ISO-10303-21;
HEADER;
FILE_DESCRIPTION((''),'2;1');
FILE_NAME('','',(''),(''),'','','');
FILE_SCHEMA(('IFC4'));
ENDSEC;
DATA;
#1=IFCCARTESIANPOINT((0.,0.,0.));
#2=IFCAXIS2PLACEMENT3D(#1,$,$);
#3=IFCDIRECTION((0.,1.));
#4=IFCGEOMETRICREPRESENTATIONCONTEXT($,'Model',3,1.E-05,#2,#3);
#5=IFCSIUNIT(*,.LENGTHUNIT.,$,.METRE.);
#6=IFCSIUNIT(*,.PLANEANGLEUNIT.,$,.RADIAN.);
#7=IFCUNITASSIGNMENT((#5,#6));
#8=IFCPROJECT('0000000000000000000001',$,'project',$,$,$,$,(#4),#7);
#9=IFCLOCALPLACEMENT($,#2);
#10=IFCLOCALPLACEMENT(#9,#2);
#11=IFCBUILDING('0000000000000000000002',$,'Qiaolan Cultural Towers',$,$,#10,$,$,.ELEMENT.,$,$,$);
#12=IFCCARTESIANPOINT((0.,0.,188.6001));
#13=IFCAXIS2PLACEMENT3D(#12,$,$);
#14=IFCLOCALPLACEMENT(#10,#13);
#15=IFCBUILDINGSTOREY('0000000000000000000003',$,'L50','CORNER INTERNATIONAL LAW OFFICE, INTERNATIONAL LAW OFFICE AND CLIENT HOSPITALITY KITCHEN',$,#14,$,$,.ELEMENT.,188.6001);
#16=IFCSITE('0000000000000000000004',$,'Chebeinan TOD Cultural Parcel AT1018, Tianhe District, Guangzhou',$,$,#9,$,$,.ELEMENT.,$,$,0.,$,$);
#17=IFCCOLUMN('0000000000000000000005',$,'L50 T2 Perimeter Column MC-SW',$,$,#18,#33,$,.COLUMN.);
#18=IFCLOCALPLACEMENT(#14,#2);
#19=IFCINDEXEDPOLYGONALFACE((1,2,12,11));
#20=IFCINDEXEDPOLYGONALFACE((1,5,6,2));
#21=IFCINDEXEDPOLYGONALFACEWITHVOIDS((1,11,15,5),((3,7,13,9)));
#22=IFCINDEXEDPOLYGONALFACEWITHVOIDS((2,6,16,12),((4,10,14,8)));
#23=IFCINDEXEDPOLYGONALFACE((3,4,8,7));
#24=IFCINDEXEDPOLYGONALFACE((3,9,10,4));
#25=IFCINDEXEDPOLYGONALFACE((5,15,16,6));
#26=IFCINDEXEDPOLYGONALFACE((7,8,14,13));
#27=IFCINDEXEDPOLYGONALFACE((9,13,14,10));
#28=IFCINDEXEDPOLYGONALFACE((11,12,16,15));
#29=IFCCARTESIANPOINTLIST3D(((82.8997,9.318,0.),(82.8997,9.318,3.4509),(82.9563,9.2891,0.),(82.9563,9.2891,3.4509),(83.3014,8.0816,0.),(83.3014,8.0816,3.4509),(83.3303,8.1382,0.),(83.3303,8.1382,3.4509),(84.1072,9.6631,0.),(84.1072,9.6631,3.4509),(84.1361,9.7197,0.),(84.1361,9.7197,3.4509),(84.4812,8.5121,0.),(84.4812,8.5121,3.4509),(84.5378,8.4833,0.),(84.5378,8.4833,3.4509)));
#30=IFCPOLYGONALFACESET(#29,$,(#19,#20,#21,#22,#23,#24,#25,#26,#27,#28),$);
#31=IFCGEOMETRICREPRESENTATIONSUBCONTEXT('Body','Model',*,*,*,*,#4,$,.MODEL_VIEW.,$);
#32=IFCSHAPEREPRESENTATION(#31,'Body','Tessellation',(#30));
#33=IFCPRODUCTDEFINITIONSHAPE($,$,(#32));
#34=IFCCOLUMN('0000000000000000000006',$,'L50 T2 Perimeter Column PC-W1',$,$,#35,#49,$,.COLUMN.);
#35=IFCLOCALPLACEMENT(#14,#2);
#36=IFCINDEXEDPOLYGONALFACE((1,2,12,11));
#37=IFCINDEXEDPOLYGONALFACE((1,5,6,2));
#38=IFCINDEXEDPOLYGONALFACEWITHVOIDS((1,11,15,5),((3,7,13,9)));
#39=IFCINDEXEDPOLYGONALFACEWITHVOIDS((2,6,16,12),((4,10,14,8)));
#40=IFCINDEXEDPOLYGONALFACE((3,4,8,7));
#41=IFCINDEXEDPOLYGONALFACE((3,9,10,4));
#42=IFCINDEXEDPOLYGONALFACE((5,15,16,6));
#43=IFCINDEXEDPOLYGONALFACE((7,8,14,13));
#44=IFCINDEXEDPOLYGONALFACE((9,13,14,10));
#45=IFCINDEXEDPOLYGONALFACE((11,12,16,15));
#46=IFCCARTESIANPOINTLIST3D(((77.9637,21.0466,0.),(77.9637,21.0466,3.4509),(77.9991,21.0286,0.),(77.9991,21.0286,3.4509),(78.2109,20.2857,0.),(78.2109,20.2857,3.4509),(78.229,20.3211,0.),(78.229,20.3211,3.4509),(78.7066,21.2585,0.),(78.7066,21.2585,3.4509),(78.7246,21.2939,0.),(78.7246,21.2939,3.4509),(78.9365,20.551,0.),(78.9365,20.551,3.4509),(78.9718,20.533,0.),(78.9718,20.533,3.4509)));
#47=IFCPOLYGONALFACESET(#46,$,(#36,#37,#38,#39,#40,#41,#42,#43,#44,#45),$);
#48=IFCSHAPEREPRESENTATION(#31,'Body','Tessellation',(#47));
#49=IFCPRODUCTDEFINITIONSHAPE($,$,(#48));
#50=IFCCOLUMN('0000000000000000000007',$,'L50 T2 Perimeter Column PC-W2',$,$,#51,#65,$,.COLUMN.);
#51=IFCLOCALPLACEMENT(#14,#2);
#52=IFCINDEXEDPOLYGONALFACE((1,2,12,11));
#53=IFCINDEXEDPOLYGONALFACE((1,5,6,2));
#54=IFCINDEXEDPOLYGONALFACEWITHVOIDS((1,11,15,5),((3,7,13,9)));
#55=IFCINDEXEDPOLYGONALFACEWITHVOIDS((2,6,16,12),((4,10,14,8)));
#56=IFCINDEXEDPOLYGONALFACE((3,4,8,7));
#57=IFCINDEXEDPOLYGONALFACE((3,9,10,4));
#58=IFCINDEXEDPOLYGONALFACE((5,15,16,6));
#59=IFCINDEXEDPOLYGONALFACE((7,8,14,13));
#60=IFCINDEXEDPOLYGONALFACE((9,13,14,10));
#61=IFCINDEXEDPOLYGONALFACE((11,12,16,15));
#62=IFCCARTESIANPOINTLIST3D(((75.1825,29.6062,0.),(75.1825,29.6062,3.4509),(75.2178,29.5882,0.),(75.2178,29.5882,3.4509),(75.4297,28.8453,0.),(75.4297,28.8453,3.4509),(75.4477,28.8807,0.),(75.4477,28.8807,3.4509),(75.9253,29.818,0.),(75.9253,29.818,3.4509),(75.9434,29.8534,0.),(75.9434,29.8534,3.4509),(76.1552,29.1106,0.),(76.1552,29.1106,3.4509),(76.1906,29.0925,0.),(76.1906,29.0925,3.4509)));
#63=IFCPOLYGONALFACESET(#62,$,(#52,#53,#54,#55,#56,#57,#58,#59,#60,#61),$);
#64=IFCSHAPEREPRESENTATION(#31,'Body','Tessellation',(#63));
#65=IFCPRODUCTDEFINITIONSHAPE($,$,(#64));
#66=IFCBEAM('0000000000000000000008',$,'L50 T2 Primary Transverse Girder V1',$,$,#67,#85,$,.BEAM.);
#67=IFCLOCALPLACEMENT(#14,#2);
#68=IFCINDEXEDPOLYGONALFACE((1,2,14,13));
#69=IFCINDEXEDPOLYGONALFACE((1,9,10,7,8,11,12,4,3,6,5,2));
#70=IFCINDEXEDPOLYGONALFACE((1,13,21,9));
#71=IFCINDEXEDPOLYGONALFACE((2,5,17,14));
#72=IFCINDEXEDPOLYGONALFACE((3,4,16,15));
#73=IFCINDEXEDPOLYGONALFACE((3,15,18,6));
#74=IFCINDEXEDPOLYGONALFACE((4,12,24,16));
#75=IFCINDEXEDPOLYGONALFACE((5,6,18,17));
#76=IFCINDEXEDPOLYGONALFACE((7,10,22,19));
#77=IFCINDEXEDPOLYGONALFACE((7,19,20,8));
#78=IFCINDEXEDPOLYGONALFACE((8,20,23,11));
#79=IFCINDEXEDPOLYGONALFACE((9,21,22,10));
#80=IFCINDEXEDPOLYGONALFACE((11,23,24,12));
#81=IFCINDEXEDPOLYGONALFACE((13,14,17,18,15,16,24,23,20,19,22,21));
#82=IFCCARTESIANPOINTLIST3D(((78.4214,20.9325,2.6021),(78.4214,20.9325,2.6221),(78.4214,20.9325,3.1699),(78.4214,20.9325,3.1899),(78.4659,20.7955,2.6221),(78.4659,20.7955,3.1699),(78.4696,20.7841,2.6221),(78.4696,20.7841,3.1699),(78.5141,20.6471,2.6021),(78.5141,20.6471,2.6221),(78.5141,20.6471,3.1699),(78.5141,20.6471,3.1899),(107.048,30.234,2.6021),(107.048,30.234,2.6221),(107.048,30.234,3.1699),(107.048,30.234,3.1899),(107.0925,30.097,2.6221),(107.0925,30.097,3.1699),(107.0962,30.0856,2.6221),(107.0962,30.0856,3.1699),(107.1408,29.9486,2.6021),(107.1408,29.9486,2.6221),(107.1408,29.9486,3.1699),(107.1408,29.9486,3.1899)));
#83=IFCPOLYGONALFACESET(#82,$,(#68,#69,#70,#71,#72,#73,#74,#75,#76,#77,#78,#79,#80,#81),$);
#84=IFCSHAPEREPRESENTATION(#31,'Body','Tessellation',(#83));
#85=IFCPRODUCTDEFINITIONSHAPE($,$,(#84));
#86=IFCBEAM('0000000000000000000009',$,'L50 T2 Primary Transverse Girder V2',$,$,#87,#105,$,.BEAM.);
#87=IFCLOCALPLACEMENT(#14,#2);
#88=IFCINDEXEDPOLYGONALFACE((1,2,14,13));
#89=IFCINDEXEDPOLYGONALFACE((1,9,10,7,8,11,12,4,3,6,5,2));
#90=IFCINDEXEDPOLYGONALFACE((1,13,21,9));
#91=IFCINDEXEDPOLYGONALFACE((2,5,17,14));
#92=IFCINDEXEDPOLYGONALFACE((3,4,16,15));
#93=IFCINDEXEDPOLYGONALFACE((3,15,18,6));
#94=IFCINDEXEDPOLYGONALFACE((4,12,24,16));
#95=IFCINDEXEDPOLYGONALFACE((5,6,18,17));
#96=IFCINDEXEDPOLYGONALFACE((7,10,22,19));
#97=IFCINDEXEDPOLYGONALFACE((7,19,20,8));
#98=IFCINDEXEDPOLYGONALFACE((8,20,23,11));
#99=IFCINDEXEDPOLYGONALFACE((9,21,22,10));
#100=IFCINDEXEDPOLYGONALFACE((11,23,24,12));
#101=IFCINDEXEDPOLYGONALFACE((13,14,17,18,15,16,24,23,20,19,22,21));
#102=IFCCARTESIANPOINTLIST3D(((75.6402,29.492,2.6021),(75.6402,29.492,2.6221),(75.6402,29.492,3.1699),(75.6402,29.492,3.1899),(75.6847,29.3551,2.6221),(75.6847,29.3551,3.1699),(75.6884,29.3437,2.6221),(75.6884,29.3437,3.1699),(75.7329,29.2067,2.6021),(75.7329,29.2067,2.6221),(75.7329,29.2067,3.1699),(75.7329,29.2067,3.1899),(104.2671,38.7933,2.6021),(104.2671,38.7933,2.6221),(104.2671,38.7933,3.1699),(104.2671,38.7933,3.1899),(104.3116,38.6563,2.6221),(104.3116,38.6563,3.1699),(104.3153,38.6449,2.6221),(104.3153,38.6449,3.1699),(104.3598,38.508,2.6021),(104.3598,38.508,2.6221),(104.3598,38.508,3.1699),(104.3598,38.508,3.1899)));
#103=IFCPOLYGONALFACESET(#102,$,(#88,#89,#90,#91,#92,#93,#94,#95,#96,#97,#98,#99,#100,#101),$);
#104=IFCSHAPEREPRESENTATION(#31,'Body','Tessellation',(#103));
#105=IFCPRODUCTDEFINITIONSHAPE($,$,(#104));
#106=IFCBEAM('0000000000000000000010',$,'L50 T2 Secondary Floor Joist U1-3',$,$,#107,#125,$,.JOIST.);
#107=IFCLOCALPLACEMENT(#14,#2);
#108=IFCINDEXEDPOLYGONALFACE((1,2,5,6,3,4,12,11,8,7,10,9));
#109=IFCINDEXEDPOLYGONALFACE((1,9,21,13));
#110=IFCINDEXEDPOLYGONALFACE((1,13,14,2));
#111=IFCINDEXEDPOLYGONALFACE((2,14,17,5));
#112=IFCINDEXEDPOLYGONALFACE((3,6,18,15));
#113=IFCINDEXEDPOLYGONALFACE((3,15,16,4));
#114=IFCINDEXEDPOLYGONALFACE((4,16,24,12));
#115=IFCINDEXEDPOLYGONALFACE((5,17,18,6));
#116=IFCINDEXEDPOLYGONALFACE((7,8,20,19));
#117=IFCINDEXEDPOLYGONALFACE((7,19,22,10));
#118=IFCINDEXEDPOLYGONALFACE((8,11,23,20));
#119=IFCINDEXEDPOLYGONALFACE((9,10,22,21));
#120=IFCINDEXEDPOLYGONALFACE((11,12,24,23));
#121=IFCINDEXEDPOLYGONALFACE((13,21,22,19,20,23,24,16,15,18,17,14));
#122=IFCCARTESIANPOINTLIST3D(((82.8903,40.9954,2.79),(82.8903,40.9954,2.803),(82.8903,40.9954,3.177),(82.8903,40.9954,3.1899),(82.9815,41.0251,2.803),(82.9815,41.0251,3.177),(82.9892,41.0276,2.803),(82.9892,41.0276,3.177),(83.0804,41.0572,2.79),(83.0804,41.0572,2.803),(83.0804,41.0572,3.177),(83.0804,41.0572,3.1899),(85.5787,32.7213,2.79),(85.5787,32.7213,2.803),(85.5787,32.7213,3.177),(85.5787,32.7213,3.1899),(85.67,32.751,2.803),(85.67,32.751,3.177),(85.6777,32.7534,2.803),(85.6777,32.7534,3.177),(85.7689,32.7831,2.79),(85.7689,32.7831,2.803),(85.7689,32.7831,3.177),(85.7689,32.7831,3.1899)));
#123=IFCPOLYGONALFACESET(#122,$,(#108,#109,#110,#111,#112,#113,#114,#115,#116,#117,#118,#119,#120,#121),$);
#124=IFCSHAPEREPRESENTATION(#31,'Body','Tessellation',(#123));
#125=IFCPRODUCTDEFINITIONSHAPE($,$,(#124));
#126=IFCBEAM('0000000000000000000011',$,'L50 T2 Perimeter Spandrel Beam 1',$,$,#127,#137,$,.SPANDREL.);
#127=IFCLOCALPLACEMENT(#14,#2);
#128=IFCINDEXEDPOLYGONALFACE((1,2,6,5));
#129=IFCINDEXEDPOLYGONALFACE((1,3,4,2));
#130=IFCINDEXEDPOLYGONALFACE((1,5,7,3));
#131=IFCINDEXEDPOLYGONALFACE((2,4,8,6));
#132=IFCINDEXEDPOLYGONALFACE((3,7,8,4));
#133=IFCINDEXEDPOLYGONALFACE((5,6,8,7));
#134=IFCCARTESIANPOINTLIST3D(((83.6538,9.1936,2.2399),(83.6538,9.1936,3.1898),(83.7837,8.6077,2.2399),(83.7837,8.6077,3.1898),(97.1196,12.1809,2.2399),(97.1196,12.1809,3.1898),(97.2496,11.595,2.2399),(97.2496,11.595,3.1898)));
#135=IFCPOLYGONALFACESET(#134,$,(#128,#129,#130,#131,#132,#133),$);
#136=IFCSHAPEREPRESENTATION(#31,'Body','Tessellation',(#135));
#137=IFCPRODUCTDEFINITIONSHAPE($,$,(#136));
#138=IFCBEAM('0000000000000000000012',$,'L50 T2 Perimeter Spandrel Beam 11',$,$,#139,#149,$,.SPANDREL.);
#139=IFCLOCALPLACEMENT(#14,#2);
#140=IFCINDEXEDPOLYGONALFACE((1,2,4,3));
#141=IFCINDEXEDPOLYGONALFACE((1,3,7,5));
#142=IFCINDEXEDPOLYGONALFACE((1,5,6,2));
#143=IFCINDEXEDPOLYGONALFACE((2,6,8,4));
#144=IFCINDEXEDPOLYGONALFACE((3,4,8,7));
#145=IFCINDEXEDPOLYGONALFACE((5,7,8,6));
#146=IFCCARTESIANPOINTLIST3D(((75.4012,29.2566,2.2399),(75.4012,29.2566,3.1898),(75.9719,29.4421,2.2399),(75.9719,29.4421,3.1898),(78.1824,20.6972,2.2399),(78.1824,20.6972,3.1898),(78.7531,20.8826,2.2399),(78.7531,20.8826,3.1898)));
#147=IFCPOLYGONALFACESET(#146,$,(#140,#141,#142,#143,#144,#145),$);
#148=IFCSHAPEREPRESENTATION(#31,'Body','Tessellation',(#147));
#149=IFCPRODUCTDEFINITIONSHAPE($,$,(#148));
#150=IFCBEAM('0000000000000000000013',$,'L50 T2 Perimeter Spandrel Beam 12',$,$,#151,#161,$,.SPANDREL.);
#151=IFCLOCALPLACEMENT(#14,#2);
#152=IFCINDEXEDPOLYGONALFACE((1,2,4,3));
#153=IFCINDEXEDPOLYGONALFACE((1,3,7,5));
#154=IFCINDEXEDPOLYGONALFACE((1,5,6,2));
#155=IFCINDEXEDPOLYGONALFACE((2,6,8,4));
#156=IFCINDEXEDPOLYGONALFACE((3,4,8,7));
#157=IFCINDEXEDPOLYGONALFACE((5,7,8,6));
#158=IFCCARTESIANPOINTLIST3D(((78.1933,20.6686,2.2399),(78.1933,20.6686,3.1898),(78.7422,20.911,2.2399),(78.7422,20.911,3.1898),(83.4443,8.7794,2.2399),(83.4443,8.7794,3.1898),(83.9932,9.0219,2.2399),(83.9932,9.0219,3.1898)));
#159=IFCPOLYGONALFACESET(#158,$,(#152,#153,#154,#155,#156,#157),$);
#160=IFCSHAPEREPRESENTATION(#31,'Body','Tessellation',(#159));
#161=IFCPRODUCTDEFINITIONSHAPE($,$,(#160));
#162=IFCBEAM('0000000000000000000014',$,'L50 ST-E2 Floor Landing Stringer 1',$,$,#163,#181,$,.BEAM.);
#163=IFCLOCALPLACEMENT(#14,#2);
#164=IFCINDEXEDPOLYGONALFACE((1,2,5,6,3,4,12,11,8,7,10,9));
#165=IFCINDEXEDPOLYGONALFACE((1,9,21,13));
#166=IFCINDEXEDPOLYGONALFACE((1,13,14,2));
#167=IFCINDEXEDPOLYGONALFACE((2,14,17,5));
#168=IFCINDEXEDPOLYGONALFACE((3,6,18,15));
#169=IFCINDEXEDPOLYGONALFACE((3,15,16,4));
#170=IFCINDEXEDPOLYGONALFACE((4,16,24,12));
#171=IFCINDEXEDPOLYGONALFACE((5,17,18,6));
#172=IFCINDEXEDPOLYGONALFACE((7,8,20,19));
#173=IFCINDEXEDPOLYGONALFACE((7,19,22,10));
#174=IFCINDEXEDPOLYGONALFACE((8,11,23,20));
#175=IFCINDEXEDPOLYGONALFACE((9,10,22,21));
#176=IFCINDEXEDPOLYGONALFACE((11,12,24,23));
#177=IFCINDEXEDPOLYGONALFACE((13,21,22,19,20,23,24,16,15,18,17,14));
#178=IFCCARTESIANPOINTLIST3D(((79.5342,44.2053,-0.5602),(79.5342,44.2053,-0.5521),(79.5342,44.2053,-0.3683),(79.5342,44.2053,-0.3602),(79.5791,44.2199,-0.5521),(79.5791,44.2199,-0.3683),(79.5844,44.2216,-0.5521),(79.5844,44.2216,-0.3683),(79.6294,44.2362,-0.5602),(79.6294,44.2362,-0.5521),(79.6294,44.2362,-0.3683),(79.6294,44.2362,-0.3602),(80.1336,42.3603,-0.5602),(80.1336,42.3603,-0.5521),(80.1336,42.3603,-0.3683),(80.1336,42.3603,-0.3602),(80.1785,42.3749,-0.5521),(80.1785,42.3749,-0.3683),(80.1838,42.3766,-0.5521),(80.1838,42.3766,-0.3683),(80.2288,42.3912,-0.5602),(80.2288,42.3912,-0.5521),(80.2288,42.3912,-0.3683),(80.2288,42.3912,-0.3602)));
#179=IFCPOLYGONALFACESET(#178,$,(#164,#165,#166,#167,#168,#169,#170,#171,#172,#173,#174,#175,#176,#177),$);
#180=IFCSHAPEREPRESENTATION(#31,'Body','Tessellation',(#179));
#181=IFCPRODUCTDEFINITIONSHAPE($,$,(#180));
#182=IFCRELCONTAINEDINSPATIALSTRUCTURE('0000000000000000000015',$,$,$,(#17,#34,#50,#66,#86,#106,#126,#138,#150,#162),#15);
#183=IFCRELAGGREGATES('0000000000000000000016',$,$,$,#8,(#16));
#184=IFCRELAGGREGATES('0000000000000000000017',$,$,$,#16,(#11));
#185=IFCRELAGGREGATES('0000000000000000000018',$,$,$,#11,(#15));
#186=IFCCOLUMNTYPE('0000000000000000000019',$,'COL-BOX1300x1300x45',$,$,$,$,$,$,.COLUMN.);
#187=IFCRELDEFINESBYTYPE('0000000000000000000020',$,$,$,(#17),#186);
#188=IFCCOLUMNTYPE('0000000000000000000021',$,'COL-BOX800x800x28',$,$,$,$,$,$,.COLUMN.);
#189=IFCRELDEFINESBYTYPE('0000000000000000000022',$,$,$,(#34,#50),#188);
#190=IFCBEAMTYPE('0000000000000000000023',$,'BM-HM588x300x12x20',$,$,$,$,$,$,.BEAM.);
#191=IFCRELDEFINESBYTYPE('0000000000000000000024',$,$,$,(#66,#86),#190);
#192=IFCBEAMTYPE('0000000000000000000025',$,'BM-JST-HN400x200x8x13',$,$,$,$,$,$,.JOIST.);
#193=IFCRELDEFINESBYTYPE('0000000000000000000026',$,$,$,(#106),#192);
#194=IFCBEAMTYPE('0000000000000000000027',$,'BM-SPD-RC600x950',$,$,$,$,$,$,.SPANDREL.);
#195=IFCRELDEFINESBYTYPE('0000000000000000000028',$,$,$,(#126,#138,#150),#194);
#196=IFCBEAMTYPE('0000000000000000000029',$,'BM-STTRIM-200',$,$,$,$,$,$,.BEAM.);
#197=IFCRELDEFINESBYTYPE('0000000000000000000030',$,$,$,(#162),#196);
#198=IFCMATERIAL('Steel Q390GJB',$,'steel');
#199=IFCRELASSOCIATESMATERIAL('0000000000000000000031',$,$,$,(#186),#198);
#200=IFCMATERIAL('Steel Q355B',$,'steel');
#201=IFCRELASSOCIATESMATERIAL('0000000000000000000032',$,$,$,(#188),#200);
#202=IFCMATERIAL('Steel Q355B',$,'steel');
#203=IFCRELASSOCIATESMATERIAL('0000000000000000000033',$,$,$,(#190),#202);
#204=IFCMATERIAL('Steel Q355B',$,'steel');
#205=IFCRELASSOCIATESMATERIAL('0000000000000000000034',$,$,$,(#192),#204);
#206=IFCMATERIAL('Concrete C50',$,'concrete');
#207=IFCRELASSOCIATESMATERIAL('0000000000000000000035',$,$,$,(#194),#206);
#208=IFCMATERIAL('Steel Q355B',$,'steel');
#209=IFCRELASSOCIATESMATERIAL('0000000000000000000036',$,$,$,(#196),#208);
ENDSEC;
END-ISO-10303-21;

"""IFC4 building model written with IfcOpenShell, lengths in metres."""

from ifc_helpers import new_model, si_unit, direction, frame, origin, origin_2d, place, context, subcontext, project, spatial, rectangle, hollow_rectangle, i_section, extrude, material, material_profile, profile_set, type_object, element, save


model = new_model("IFC4")

# Units and contexts
model_context = context("Model", 3, precision=1e-05, world=origin(), true_north=direction((0.0, 1.0)))
body_context = subcontext(model_context, "Body", "Model", "MODEL_VIEW")
ifc_project = project(units=[si_unit("LENGTHUNIT", "METRE"), si_unit("PLANEANGLEUNIT", "RADIAN")], contexts=[model_context])

# Site, building, storey
site_placement = place(None, origin())
site = spatial("IfcSite", under=ifc_project, at=site_placement, Name="Chebeinan TOD Cultural Parcel AT1018, Tianhe District, Guangzhou", CompositionType="ELEMENT", RefElevation=0.0)
building_placement = place(site_placement, origin())
building = spatial("IfcBuilding", under=site, at=building_placement, Name="Qiaolan Cultural Towers", CompositionType="ELEMENT")
storey_placement = place(building_placement, frame((0.0, 0.0, 188.6001)))
storey = spatial("IfcBuildingStorey", under=building, at=storey_placement, Name="L50", Description="CORNER INTERNATIONAL LAW OFFICE, INTERNATIONAL LAW OFFICE AND CLIENT HOSPITALITY KITCHEN", CompositionType="ELEMENT", Elevation=188.6001)

# Columns
ifc_material_1 = material(Name="Steel Q390GJB", Category="steel")
ifc_material_profile_1 = material_profile(ifc_material_1, hollow_rectangle(XDim=1.3, YDim=1.3, WallThickness=0.0449, at=origin_2d()), Name="BOX1300x1300x45")
ifc_profile_set_1 = profile_set([ifc_material_profile_1], Name="Steel Q390GJB")
column_type_1 = type_object("IfcColumnType", Name="COL-BOX1300x1300x45", PredefinedType="COLUMN", material=ifc_profile_set_1)
column_placement = place(storey_placement, frame((83.7188, 8.9006, 0.0), z_axis=(0.0, 0.0, 1.0), x_axis=(0.951057, 0.309017, 0.0)))
element("IfcColumn", 1, at=column_placement, inside=storey, type_object=column_type_1, Name="L50 T2 Perimeter Column MC-SW", PredefinedType="COLUMN", context=body_context, shape_type="SweptSolid", body=[
    extrude(hollow_rectangle(XDim=1.3, YDim=1.3, WallThickness=0.0449, at=origin_2d()), origin(), (0.0, 0.0, 1.0), 3.4509),
])
ifc_material_2 = material(Name="Steel Q355B", Category="steel")
ifc_material_profile_2 = material_profile(ifc_material_2, hollow_rectangle(XDim=0.8, YDim=0.8, WallThickness=0.0281, at=origin_2d()), Name="BOX800x800x28")
ifc_profile_set_2 = profile_set([ifc_material_profile_2], Name="Steel Q355B")
column_type_2 = type_object("IfcColumnType", Name="COL-BOX800x800x28", PredefinedType="COLUMN", material=ifc_profile_set_2)
for number, where, z_axis, x_axis, name in (
    (2, (78.4678, 20.7898, 0.0), (0.0, 0.0, 1.0), (0.951057, 0.309017, 0.0), "L50 T2 Perimeter Column PC-W1"),
    (3, (75.6865, 29.3494, 0.0), (0.0, 0.0, 1.0), (0.951057, 0.309017, 0.0), "L50 T2 Perimeter Column PC-W2"),
):
    element("IfcColumn", number, at=place(storey_placement, frame(where, z_axis=z_axis, x_axis=x_axis)), inside=storey, type_object=column_type_2, Name=name, PredefinedType="COLUMN", context=body_context, shape_type="SweptSolid", body=[
        extrude(hollow_rectangle(XDim=0.8, YDim=0.8, WallThickness=0.0281, at=origin_2d()), origin(), (0.0, 0.0, 1.0), 3.4509),
    ])

# Beams
ifc_material_3 = material(Name="Steel Q355B", Category="steel")
ifc_material_profile_3 = material_profile(ifc_material_3, i_section(OverallWidth=0.3, OverallDepth=0.5879, WebThickness=0.012, FlangeThickness=0.02, at=origin_2d()), Name="HM588x300x12x20")
ifc_profile_set_3 = profile_set([ifc_material_profile_3], Name="Steel Q355B")
beam_type_1 = type_object("IfcBeamType", Name="BM-HM588x300x12x20", PredefinedType="BEAM", material=ifc_profile_set_3)
beam_1_placement = place(storey_placement, frame((78.4678, 20.7898, 2.896), z_axis=(0.951055, 0.309021, 0.0), x_axis=(-0.309021, 0.951055, 0.0)))
element("IfcBeam", 4, at=beam_1_placement, inside=storey, type_object=beam_type_1, Name="L50 T2 Primary Transverse Girder V1", PredefinedType="BEAM", context=body_context, shape_type="SweptSolid", body=[
    extrude(i_section(OverallWidth=0.3, OverallDepth=0.5879, WebThickness=0.012, FlangeThickness=0.02, at=origin_2d()), origin(), (0.0, 0.0, 1.0), 30.0999),
])
beam_2_placement = place(storey_placement, frame((75.6865, 29.3494, 2.896), z_axis=(0.951058, 0.309011, 0.0), x_axis=(-0.309011, 0.951058, 0.0)))
element("IfcBeam", 5, at=beam_2_placement, inside=storey, type_object=beam_type_1, Name="L50 T2 Primary Transverse Girder V2", PredefinedType="BEAM", context=body_context, shape_type="SweptSolid", body=[
    extrude(i_section(OverallWidth=0.3, OverallDepth=0.5879, WebThickness=0.012, FlangeThickness=0.02, at=origin_2d()), origin(), (0.0, 0.0, 1.0), 30.1001),
])
ifc_material_4 = material(Name="Steel Q355B", Category="steel")
ifc_material_profile_4 = material_profile(ifc_material_4, i_section(OverallWidth=0.2, OverallDepth=0.3999, WebThickness=0.0081, FlangeThickness=0.0129, at=origin_2d()), Name="HN400x200x8x13")
ifc_profile_set_4 = profile_set([ifc_material_profile_4], Name="Steel Q355B")
beam_type_2 = type_object("IfcBeamType", Name="BM-JST-HN400x200x8x13", PredefinedType="JOIST", material=ifc_profile_set_4)
beam_3_placement = place(storey_placement, frame((85.6738, 32.7522, 2.99), z_axis=(-0.309021, 0.951055, 0.0), x_axis=(-0.951055, -0.309021, 0.0)))
element("IfcBeam", 6, at=beam_3_placement, inside=storey, type_object=beam_type_2, Name="L50 T2 Secondary Floor Joist U1-3", PredefinedType="JOIST", context=body_context, shape_type="SweptSolid", body=[
    extrude(i_section(OverallWidth=0.2, OverallDepth=0.3999, WebThickness=0.0081, FlangeThickness=0.0129, at=origin_2d()), origin(), (0.0, 0.0, 1.0), 8.7),
])
ifc_material_5 = material(Name="Concrete C50", Category="concrete")
ifc_material_profile_5 = material_profile(ifc_material_5, rectangle(XDim=0.6001, YDim=0.95, at=origin_2d()), Name="RC600x950")
ifc_profile_set_5 = profile_set([ifc_material_profile_5], Name="Concrete C50")
beam_type_3 = type_object("IfcBeamType", Name="BM-SPD-RC600x950", PredefinedType="SPANDREL", material=ifc_profile_set_5)
beam_4_placement = place(storey_placement, frame((83.7188, 8.9006, 2.7148), z_axis=(0.976265, 0.216578, 0.0), x_axis=(-0.216578, 0.976265, 0.0)))
element("IfcBeam", 7, at=beam_4_placement, inside=storey, type_object=beam_type_3, Name="L50 T2 Perimeter Spandrel Beam 1", PredefinedType="SPANDREL", context=body_context, shape_type="SweptSolid", body=[
    extrude(rectangle(XDim=0.6001, YDim=0.95, at=origin_2d()), origin(), (0.0, 0.0, 1.0), 13.7932),
])
beam_5_placement = place(storey_placement, frame((75.6865, 29.3494, 2.7148), z_axis=(0.309025, -0.951054, 0.0), x_axis=(0.951054, 0.309025, 0.0)))
element("IfcBeam", 8, at=beam_5_placement, inside=storey, type_object=beam_type_3, Name="L50 T2 Perimeter Spandrel Beam 11", PredefinedType="SPANDREL", context=body_context, shape_type="SweptSolid", body=[
    extrude(rectangle(XDim=0.6001, YDim=0.95, at=origin_2d()), origin(), (0.0, 0.0, 1.0), 9.0),
])
beam_6_placement = place(storey_placement, frame((78.4678, 20.7898, 2.7148), z_axis=(0.404011, -0.914754, 0.0), x_axis=(0.914754, 0.404011, 0.0)))
element("IfcBeam", 9, at=beam_6_placement, inside=storey, type_object=beam_type_3, Name="L50 T2 Perimeter Spandrel Beam 12", PredefinedType="SPANDREL", context=body_context, shape_type="SweptSolid", body=[
    extrude(rectangle(XDim=0.6001, YDim=0.95, at=origin_2d()), origin(), (0.0, 0.0, 1.0), 12.9971),
])
ifc_material_6 = material(Name="Steel Q355B", Category="steel")
ifc_material_profile_6 = material_profile(ifc_material_6, i_section(OverallWidth=0.1001, OverallDepth=0.2, WebThickness=0.0056, FlangeThickness=0.0081, at=origin_2d()), Name="HN200x100x5.5x8")
ifc_profile_set_6 = profile_set([ifc_material_profile_6], Name="Steel Q355B")
beam_type_4 = type_object("IfcBeamType", Name="BM-STTRIM-200", PredefinedType="BEAM", material=ifc_profile_set_6)
for number, where, z_axis, x_axis, name in (
    (10, (80.1812, 42.3757, -0.4602), (-0.308969, 0.951072, 0.0), (-0.951072, -0.308969, 0.0), "L50 ST-E2 Floor Landing Stringer 1"),
):
    element("IfcBeam", number, at=place(storey_placement, frame(where, z_axis=z_axis, x_axis=x_axis)), inside=storey, type_object=beam_type_4, Name=name, PredefinedType="BEAM", context=body_context, shape_type="SweptSolid", body=[
        extrude(i_section(OverallWidth=0.1001, OverallDepth=0.2, WebThickness=0.0056, FlangeThickness=0.0081, at=origin_2d()), origin(), (0.0, 0.0, 1.0), 1.9399),
    ])

save(model, "model.ifc")
